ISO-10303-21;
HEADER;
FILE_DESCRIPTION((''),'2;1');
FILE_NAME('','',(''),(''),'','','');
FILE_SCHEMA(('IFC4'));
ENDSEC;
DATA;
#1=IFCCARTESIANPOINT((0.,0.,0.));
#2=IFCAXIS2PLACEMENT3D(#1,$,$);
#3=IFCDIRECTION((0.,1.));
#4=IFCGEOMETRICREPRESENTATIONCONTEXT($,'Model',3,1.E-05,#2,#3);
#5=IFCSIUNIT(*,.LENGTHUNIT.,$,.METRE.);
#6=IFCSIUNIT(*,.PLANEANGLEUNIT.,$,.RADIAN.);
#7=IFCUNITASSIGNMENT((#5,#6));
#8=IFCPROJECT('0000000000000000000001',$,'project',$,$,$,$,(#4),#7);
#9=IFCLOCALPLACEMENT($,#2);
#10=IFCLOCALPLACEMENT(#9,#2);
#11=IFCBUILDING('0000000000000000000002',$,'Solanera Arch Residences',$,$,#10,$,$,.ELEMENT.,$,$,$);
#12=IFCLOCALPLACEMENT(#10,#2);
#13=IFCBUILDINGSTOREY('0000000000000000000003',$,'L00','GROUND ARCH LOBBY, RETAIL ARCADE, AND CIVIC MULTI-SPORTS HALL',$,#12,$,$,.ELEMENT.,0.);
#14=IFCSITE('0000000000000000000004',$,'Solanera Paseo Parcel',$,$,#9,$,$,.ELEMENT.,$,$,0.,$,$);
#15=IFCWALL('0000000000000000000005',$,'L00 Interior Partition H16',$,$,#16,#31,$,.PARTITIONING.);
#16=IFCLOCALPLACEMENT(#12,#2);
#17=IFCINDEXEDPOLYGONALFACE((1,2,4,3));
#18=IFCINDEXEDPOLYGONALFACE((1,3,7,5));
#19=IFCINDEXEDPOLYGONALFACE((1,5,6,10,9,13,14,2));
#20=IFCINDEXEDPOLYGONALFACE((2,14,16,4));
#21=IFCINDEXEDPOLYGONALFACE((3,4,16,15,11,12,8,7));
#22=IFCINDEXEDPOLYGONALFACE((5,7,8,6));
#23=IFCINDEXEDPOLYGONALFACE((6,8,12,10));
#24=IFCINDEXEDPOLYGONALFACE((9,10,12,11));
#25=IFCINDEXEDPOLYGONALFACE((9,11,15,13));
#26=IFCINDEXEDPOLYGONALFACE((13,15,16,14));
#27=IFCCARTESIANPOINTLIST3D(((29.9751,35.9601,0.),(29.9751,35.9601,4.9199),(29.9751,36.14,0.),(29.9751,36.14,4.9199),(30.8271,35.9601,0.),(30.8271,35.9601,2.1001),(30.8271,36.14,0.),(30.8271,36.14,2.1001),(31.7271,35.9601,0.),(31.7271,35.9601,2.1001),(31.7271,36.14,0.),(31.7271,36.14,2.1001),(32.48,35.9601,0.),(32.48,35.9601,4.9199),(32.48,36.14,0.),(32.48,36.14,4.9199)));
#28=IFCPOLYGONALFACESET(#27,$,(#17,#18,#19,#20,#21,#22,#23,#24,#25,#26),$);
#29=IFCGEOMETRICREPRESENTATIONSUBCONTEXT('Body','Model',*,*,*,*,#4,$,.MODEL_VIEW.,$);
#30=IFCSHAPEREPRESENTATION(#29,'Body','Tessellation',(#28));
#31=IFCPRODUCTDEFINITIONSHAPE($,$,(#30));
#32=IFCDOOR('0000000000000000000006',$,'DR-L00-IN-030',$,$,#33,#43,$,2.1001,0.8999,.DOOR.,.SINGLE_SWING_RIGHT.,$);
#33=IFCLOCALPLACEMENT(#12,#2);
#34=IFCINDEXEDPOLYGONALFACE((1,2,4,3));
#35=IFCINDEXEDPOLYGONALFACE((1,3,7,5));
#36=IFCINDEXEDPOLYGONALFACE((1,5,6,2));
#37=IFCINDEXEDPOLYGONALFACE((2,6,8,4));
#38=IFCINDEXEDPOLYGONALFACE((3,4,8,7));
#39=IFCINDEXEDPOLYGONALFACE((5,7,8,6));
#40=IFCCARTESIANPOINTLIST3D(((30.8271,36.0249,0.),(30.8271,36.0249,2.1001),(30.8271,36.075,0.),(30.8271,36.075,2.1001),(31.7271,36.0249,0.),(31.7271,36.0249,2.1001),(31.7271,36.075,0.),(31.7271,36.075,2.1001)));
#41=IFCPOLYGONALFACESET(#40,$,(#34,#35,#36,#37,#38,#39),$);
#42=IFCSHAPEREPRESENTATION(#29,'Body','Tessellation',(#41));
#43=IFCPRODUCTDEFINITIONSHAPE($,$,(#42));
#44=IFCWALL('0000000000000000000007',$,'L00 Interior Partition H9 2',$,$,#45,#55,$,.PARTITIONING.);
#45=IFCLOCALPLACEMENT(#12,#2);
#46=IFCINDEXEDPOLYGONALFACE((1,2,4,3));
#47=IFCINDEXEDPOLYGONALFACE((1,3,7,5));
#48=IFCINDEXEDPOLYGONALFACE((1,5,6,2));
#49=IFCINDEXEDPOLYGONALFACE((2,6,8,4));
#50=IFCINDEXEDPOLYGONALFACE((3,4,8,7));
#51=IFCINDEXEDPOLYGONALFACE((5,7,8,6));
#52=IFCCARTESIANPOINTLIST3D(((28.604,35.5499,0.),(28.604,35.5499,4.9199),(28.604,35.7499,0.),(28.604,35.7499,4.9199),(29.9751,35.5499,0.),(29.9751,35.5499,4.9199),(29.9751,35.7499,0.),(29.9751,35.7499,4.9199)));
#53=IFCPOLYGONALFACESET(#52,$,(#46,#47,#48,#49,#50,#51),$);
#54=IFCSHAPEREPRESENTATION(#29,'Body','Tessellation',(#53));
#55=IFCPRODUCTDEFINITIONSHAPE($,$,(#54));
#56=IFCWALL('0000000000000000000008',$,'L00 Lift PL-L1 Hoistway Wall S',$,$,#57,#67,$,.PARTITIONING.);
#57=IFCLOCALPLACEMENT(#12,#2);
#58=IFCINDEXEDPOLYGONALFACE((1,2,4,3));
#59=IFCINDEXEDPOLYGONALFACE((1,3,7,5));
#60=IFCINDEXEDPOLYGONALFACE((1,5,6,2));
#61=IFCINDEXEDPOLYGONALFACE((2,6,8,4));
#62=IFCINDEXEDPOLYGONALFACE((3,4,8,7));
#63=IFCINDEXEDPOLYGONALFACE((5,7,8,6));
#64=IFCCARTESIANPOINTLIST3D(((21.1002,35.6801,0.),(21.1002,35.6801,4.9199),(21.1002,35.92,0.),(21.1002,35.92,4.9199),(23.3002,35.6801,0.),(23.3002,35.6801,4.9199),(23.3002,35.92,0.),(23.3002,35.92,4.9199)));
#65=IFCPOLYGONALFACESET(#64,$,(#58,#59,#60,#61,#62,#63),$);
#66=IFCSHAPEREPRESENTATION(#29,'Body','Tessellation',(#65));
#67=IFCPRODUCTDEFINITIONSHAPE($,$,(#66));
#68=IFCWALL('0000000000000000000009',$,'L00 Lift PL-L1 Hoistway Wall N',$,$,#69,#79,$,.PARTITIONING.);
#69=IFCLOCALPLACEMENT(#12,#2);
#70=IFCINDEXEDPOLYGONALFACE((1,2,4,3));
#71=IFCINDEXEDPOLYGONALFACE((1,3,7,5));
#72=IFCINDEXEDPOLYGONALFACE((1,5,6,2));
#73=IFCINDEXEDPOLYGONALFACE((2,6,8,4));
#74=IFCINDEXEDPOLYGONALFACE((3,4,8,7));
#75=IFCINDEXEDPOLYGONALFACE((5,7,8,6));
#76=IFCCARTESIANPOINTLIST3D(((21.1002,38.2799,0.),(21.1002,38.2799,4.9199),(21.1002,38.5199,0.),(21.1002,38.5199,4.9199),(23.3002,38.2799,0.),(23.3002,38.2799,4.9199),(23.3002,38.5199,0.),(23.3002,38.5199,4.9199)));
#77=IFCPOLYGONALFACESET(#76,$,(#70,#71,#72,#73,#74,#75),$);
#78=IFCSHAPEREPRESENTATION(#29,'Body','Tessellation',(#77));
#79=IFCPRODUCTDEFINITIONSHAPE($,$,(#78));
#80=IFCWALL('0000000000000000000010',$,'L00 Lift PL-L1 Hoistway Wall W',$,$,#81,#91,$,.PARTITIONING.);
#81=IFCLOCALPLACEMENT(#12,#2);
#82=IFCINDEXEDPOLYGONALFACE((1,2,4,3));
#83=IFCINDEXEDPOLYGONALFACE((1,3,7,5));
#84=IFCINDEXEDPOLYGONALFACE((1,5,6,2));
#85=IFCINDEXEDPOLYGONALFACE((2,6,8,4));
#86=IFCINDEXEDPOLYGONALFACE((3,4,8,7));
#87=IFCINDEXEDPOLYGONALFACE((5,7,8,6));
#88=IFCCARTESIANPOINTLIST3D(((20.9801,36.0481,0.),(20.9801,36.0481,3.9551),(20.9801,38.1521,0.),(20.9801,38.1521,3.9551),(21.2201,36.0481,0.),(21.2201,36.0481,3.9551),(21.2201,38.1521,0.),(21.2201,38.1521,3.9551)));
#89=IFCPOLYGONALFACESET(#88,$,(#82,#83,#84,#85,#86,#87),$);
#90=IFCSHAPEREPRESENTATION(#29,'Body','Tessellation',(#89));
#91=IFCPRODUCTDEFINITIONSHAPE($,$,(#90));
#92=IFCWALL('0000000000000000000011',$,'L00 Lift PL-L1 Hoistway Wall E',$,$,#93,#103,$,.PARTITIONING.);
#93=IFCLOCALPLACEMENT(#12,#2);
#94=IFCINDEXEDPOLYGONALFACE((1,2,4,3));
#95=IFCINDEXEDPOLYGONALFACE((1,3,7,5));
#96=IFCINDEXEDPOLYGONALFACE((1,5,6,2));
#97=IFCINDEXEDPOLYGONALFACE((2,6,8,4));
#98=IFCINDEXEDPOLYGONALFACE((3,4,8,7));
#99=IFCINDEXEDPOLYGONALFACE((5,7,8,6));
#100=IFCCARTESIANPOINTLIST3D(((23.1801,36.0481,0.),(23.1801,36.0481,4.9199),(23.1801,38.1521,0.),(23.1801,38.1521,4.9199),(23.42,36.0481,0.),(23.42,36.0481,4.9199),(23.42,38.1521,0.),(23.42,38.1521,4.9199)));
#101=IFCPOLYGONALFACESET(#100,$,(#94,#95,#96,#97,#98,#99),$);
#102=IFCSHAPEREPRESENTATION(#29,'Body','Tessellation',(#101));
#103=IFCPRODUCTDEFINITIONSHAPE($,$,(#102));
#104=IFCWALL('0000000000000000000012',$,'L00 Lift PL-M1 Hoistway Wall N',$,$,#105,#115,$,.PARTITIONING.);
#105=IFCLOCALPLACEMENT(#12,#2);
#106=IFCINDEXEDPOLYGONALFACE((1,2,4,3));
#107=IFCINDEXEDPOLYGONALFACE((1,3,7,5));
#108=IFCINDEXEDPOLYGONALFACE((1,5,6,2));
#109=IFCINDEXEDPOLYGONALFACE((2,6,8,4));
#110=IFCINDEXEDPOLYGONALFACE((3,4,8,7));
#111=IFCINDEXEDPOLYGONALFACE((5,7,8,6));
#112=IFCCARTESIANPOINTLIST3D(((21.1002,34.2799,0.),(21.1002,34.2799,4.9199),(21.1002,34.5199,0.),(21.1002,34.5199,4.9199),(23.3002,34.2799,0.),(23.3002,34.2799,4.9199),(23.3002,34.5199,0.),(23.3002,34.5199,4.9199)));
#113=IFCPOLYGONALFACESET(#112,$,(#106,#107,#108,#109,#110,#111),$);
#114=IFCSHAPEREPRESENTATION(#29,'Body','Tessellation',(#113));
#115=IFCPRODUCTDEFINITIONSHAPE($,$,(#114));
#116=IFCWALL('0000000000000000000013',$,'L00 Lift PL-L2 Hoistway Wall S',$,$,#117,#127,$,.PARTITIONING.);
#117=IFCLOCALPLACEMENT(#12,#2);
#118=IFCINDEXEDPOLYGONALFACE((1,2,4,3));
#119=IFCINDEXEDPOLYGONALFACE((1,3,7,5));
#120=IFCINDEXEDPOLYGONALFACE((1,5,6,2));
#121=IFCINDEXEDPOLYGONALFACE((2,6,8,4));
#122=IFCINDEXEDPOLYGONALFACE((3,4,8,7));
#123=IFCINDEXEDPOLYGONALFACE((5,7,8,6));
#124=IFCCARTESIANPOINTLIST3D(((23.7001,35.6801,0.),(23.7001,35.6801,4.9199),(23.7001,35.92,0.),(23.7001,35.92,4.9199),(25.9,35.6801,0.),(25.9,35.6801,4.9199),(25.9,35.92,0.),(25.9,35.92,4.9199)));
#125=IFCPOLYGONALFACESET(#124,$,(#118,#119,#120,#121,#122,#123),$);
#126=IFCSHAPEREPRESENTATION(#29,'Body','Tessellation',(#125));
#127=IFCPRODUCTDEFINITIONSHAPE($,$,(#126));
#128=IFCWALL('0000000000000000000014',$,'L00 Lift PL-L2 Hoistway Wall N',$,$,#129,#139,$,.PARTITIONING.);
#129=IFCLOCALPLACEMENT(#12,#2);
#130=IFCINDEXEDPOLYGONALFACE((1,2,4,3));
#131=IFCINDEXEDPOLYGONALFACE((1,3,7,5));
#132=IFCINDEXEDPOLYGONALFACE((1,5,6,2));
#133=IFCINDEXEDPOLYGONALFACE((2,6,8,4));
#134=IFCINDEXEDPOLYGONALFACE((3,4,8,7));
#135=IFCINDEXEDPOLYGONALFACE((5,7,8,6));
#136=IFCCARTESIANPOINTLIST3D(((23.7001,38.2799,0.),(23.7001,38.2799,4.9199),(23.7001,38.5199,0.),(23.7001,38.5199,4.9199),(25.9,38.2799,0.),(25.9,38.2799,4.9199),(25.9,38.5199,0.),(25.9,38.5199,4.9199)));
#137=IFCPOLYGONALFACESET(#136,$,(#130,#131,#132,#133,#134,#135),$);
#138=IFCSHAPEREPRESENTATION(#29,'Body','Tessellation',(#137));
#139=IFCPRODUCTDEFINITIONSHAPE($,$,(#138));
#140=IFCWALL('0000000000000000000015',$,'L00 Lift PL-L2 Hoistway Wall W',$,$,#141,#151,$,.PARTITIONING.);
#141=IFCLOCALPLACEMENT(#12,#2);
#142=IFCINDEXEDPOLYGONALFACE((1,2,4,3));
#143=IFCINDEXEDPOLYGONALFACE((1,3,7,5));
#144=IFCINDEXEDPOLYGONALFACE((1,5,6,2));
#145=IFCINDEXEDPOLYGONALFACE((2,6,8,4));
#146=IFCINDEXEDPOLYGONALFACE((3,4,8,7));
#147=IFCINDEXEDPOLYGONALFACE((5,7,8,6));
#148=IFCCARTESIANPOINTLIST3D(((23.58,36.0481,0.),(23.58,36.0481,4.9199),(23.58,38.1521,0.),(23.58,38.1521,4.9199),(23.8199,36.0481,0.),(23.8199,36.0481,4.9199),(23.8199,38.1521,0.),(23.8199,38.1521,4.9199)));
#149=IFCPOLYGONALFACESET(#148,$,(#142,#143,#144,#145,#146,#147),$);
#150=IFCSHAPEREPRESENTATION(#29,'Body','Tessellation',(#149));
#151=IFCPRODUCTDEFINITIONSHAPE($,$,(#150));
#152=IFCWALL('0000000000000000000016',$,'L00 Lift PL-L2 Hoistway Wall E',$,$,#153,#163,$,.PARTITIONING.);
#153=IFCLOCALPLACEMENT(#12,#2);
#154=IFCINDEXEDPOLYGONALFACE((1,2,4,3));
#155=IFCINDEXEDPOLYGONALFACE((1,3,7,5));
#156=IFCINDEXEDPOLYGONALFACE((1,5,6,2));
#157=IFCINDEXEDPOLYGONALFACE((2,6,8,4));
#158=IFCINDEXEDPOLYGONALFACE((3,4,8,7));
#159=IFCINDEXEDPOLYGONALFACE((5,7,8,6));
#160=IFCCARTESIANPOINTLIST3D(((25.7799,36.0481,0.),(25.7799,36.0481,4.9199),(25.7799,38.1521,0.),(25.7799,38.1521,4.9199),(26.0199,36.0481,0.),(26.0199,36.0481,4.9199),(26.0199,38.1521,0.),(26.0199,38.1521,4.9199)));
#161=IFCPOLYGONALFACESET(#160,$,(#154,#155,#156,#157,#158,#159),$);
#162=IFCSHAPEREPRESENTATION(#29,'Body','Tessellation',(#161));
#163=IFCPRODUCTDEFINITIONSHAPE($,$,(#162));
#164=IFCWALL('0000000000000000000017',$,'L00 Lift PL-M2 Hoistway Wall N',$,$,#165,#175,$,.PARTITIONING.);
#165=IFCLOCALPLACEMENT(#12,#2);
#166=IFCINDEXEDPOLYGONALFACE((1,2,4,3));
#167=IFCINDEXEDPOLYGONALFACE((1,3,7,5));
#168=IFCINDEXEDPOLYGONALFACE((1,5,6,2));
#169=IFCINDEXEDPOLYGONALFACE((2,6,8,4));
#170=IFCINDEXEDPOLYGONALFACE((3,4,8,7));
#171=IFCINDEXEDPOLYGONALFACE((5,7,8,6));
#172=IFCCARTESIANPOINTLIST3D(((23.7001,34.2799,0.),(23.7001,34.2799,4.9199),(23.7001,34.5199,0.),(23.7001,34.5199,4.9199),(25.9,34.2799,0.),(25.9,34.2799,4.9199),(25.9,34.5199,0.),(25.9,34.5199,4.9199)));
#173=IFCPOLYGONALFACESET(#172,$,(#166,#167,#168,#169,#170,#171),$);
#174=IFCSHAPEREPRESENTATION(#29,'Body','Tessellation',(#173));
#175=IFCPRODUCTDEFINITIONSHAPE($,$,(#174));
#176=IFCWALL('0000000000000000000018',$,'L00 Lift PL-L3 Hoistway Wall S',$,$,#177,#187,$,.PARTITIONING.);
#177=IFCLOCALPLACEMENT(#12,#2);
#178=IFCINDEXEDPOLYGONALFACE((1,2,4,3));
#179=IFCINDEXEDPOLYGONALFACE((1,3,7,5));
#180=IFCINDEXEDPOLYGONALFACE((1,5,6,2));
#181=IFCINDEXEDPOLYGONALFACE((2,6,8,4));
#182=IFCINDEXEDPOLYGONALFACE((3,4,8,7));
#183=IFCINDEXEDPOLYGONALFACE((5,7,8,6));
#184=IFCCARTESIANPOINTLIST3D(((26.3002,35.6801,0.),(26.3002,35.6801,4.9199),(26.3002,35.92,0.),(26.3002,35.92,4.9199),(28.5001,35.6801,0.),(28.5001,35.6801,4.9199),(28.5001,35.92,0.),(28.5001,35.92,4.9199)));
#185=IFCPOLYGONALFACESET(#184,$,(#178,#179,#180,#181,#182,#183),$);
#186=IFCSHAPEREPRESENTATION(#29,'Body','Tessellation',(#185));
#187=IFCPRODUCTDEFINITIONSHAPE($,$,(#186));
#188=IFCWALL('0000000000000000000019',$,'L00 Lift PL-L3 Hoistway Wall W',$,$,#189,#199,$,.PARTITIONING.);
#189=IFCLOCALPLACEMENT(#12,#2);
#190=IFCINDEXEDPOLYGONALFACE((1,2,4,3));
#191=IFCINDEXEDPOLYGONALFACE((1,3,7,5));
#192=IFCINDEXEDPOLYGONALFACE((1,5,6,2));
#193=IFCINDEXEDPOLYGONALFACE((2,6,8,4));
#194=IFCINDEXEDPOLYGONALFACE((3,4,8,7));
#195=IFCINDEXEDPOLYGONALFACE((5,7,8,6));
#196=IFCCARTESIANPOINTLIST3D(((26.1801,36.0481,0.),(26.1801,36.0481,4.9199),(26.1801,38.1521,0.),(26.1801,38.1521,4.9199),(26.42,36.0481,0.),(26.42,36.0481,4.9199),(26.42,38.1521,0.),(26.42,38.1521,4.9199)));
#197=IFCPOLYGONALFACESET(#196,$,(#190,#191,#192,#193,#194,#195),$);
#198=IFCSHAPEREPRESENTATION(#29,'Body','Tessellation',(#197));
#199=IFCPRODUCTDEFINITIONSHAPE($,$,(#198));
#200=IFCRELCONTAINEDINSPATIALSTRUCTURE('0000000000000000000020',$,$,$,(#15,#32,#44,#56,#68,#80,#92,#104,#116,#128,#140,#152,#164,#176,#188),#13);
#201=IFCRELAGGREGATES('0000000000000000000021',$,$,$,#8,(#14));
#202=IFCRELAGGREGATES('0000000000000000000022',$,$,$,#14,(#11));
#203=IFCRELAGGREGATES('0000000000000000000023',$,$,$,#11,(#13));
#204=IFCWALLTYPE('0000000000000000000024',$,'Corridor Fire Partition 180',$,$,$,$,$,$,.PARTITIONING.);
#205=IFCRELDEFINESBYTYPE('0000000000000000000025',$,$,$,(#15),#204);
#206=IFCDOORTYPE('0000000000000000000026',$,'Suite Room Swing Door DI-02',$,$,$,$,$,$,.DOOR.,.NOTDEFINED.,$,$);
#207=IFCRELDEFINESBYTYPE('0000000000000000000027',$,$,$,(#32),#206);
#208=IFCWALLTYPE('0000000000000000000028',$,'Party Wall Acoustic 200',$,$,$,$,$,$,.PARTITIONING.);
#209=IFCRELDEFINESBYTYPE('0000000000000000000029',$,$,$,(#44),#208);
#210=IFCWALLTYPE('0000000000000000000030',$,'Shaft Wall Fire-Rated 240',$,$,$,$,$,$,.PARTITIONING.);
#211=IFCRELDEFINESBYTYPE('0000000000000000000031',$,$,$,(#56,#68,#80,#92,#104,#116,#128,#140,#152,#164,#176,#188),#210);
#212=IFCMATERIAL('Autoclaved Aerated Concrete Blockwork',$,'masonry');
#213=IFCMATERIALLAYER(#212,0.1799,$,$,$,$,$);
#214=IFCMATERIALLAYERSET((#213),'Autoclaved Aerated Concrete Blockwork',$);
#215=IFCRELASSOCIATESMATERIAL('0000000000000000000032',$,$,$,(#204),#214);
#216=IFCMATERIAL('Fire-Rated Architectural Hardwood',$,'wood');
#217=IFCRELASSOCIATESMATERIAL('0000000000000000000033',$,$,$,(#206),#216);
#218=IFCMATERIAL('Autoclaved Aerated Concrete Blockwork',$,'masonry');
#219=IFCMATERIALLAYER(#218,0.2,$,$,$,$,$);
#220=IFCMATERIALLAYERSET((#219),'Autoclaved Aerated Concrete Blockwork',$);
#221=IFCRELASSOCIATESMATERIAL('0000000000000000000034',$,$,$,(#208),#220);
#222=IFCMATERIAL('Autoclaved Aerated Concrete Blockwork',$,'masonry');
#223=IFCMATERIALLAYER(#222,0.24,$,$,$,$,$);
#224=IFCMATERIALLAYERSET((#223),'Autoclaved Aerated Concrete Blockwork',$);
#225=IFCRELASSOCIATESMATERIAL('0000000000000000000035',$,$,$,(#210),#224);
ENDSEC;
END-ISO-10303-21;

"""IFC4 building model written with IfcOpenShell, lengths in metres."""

from ifc_helpers import new_model, si_unit, direction, frame, frame_2d, origin, place, context, subcontext, project, spatial, rectangle, extrude, material, layer, layer_set, type_object, element, fill, save


model = new_model("IFC4")

# Units and contexts
model_context = context("Model", 3, precision=1e-05, world=origin(), true_north=direction((0.0, 1.0)))
body_context = subcontext(model_context, "Body", "Model", "MODEL_VIEW")
ifc_project = project(units=[si_unit("LENGTHUNIT", "METRE"), si_unit("PLANEANGLEUNIT", "RADIAN")], contexts=[model_context])

# Site, building, storey
site_placement = place(None, origin())
site = spatial("IfcSite", under=ifc_project, at=site_placement, Name="Solanera Paseo Parcel", CompositionType="ELEMENT", RefElevation=0.0)
building_placement = place(site_placement, origin())
building = spatial("IfcBuilding", under=site, at=building_placement, Name="Solanera Arch Residences", CompositionType="ELEMENT")
storey_placement = place(building_placement, origin())
storey = spatial("IfcBuildingStorey", under=building, at=storey_placement, Name="L00", Description="GROUND ARCH LOBBY, RETAIL ARCADE, AND CIVIC MULTI-SPORTS HALL", CompositionType="ELEMENT", Elevation=0.0)

# Wall, opening, door
ifc_material_1 = material(Name="Autoclaved Aerated Concrete Blockwork", Category="masonry")
ifc_layer_1 = layer(ifc_material_1, 0.1799)
ifc_layer_set_1 = layer_set([ifc_layer_1], Name="Autoclaved Aerated Concrete Blockwork")
wall_type_1 = type_object("IfcWallType", Name="Corridor Fire Partition 180", PredefinedType="PARTITIONING", material=ifc_layer_set_1)
wall_1_placement = place(storey_placement, frame((29.9751, 36.05, 0.0), z_axis=(0.0, 0.0, 1.0), x_axis=(1.0, 0.0, 0.0)))
wall_1 = element("IfcWall", 1, at=wall_1_placement, inside=storey, type_object=wall_type_1, Name="L00 Interior Partition H16", PredefinedType="PARTITIONING", context=body_context, shape_type="SweptSolid", body=[
    extrude(rectangle(XDim=2.5049, YDim=0.1799, at=frame_2d((1.2524, 0.0))), origin(), (0.0, 0.0, 1.0), 4.9199),
])
opening_1_placement = place(wall_1_placement, frame((0.8521, 0.0, 0.0)))
opening_1 = element("IfcOpeningElement", 2, at=opening_1_placement, cuts=wall_1, PredefinedType="OPENING", context=body_context, shape_type="SweptSolid", body=[
    extrude(rectangle(XDim=0.8999, YDim=2.1001, at=frame_2d((0.45, 1.05))), frame((0.0, 0.1001, 0.0), z_axis=(0.0, -1.0, 0.0), x_axis=(1.0, 0.0, 0.0)), (0.0, 0.0, 1.0), 0.1999),
])
ifc_material_2 = material(Name="Fire-Rated Architectural Hardwood", Category="wood")
door_type_1 = type_object("IfcDoorType", Name="Suite Room Swing Door DI-02", OperationType="NOTDEFINED", PredefinedType="DOOR", material=ifc_material_2)
door_1_placement = place(opening_1_placement, origin())
door_1 = element("IfcDoor", 3, at=door_1_placement, inside=storey, type_object=door_type_1, Name="DR-L00-IN-030", OperationType="SINGLE_SWING_RIGHT", OverallHeight=2.1001, OverallWidth=0.8999, PredefinedType="DOOR", context=body_context, shape_type="SweptSolid", body=[
    extrude(rectangle(XDim=0.8999, YDim=2.1001, at=frame_2d((0.45, 1.05))), frame((0.0, 0.0249, 0.0), z_axis=(0.0, -1.0, 0.0), x_axis=(1.0, 0.0, 0.0)), (0.0, 0.0, 1.0), 0.05),
])
fill(opening_1, door_1)

# Walls
ifc_material_3 = material(Name="Autoclaved Aerated Concrete Blockwork", Category="masonry")
ifc_layer_2 = layer(ifc_material_3, 0.2)
ifc_layer_set_2 = layer_set([ifc_layer_2], Name="Autoclaved Aerated Concrete Blockwork")
wall_type_2 = type_object("IfcWallType", Name="Party Wall Acoustic 200", PredefinedType="PARTITIONING", material=ifc_layer_set_2)
wall_2_placement = place(storey_placement, frame((28.604, 35.6499, 0.0), z_axis=(0.0, 0.0, 1.0), x_axis=(1.0, 0.0, 0.0)))
element("IfcWall", 4, at=wall_2_placement, inside=storey, type_object=wall_type_2, Name="L00 Interior Partition H9 2", PredefinedType="PARTITIONING", context=body_context, shape_type="SweptSolid", body=[
    extrude(rectangle(XDim=1.3711, YDim=0.2, at=frame_2d((0.6855, 0.0))), origin(), (0.0, 0.0, 1.0), 4.9199),
])
ifc_material_4 = material(Name="Autoclaved Aerated Concrete Blockwork", Category="masonry")
ifc_layer_3 = layer(ifc_material_4, 0.24)
ifc_layer_set_3 = layer_set([ifc_layer_3], Name="Autoclaved Aerated Concrete Blockwork")
wall_type_3 = type_object("IfcWallType", Name="Shaft Wall Fire-Rated 240", PredefinedType="PARTITIONING", material=ifc_layer_set_3)
for number, where, z_axis, x_axis, name in (
    (5, (21.1001, 35.8, 0.0), (0.0, 0.0, 1.0), (1.0, 0.0, 0.0), "L00 Lift PL-L1 Hoistway Wall S"),
    (6, (21.1001, 38.3999, 0.0), (0.0, 0.0, 1.0), (1.0, 0.0, 0.0), "L00 Lift PL-L1 Hoistway Wall N"),
):
    element("IfcWall", number, at=place(storey_placement, frame(where, z_axis=z_axis, x_axis=x_axis)), inside=storey, type_object=wall_type_3, Name=name, PredefinedType="PARTITIONING", context=body_context, shape_type="SweptSolid", body=[
        extrude(rectangle(XDim=2.2, YDim=0.24, at=frame_2d((1.1001, 0.0))), origin(), (0.0, 0.0, 1.0), 4.9199),
    ])
wall_3_placement = place(storey_placement, frame((21.1001, 36.0481, 0.0), z_axis=(0.0, 0.0, 1.0), x_axis=(0.0, 1.0, 0.0)))
element("IfcWall", 7, at=wall_3_placement, inside=storey, type_object=wall_type_3, Name="L00 Lift PL-L1 Hoistway Wall W", PredefinedType="PARTITIONING", context=body_context, shape_type="SweptSolid", body=[
    extrude(rectangle(XDim=2.104, YDim=0.24, at=frame_2d((1.052, 0.0))), origin(), (0.0, 0.0, 1.0), 3.9551),
])
wall_4_placement = place(storey_placement, frame((23.3, 36.0481, 0.0), z_axis=(0.0, 0.0, 1.0), x_axis=(0.0, 1.0, 0.0)))
element("IfcWall", 8, at=wall_4_placement, inside=storey, type_object=wall_type_3, Name="L00 Lift PL-L1 Hoistway Wall E", PredefinedType="PARTITIONING", context=body_context, shape_type="SweptSolid", body=[
    extrude(rectangle(XDim=2.104, YDim=0.24, at=frame_2d((1.052, 0.0))), origin(), (0.0, 0.0, 1.0), 4.9199),
])
for number, where, z_axis, x_axis, name in (
    (9, (21.1001, 34.3999, 0.0), (0.0, 0.0, 1.0), (1.0, 0.0, 0.0), "L00 Lift PL-M1 Hoistway Wall N"),
    (10, (23.7, 35.8, 0.0), (0.0, 0.0, 1.0), (1.0, 0.0, 0.0), "L00 Lift PL-L2 Hoistway Wall S"),
    (11, (23.7, 38.3999, 0.0), (0.0, 0.0, 1.0), (1.0, 0.0, 0.0), "L00 Lift PL-L2 Hoistway Wall N"),
):
    element("IfcWall", number, at=place(storey_placement, frame(where, z_axis=z_axis, x_axis=x_axis)), inside=storey, type_object=wall_type_3, Name=name, PredefinedType="PARTITIONING", context=body_context, shape_type="SweptSolid", body=[
        extrude(rectangle(XDim=2.2, YDim=0.24, at=frame_2d((1.1001, 0.0))), origin(), (0.0, 0.0, 1.0), 4.9199),
    ])
for number, where, z_axis, x_axis, name in (
    (12, (23.7, 36.0481, 0.0), (0.0, 0.0, 1.0), (0.0, 1.0, 0.0), "L00 Lift PL-L2 Hoistway Wall W"),
    (13, (25.8999, 36.0481, 0.0), (0.0, 0.0, 1.0), (0.0, 1.0, 0.0), "L00 Lift PL-L2 Hoistway Wall E"),
):
    element("IfcWall", number, at=place(storey_placement, frame(where, z_axis=z_axis, x_axis=x_axis)), inside=storey, type_object=wall_type_3, Name=name, PredefinedType="PARTITIONING", context=body_context, shape_type="SweptSolid", body=[
        extrude(rectangle(XDim=2.104, YDim=0.24, at=frame_2d((1.052, 0.0))), origin(), (0.0, 0.0, 1.0), 4.9199),
    ])
for number, where, z_axis, x_axis, name in (
    (14, (23.7, 34.3999, 0.0), (0.0, 0.0, 1.0), (1.0, 0.0, 0.0), "L00 Lift PL-M2 Hoistway Wall N"),
    (15, (26.3, 35.8, 0.0), (0.0, 0.0, 1.0), (1.0, 0.0, 0.0), "L00 Lift PL-L3 Hoistway Wall S"),
):
    element("IfcWall", number, at=place(storey_placement, frame(where, z_axis=z_axis, x_axis=x_axis)), inside=storey, type_object=wall_type_3, Name=name, PredefinedType="PARTITIONING", context=body_context, shape_type="SweptSolid", body=[
        extrude(rectangle(XDim=2.2, YDim=0.24, at=frame_2d((1.1001, 0.0))), origin(), (0.0, 0.0, 1.0), 4.9199),
    ])
for number, where, z_axis, x_axis, name in (
    (16, (26.3, 36.0481, 0.0), (0.0, 0.0, 1.0), (0.0, 1.0, 0.0), "L00 Lift PL-L3 Hoistway Wall W"),
):
    element("IfcWall", number, at=place(storey_placement, frame(where, z_axis=z_axis, x_axis=x_axis)), inside=storey, type_object=wall_type_3, Name=name, PredefinedType="PARTITIONING", context=body_context, shape_type="SweptSolid", body=[
        extrude(rectangle(XDim=2.104, YDim=0.24, at=frame_2d((1.052, 0.0))), origin(), (0.0, 0.0, 1.0), 4.9199),
    ])

save(model, "model.ifc")
